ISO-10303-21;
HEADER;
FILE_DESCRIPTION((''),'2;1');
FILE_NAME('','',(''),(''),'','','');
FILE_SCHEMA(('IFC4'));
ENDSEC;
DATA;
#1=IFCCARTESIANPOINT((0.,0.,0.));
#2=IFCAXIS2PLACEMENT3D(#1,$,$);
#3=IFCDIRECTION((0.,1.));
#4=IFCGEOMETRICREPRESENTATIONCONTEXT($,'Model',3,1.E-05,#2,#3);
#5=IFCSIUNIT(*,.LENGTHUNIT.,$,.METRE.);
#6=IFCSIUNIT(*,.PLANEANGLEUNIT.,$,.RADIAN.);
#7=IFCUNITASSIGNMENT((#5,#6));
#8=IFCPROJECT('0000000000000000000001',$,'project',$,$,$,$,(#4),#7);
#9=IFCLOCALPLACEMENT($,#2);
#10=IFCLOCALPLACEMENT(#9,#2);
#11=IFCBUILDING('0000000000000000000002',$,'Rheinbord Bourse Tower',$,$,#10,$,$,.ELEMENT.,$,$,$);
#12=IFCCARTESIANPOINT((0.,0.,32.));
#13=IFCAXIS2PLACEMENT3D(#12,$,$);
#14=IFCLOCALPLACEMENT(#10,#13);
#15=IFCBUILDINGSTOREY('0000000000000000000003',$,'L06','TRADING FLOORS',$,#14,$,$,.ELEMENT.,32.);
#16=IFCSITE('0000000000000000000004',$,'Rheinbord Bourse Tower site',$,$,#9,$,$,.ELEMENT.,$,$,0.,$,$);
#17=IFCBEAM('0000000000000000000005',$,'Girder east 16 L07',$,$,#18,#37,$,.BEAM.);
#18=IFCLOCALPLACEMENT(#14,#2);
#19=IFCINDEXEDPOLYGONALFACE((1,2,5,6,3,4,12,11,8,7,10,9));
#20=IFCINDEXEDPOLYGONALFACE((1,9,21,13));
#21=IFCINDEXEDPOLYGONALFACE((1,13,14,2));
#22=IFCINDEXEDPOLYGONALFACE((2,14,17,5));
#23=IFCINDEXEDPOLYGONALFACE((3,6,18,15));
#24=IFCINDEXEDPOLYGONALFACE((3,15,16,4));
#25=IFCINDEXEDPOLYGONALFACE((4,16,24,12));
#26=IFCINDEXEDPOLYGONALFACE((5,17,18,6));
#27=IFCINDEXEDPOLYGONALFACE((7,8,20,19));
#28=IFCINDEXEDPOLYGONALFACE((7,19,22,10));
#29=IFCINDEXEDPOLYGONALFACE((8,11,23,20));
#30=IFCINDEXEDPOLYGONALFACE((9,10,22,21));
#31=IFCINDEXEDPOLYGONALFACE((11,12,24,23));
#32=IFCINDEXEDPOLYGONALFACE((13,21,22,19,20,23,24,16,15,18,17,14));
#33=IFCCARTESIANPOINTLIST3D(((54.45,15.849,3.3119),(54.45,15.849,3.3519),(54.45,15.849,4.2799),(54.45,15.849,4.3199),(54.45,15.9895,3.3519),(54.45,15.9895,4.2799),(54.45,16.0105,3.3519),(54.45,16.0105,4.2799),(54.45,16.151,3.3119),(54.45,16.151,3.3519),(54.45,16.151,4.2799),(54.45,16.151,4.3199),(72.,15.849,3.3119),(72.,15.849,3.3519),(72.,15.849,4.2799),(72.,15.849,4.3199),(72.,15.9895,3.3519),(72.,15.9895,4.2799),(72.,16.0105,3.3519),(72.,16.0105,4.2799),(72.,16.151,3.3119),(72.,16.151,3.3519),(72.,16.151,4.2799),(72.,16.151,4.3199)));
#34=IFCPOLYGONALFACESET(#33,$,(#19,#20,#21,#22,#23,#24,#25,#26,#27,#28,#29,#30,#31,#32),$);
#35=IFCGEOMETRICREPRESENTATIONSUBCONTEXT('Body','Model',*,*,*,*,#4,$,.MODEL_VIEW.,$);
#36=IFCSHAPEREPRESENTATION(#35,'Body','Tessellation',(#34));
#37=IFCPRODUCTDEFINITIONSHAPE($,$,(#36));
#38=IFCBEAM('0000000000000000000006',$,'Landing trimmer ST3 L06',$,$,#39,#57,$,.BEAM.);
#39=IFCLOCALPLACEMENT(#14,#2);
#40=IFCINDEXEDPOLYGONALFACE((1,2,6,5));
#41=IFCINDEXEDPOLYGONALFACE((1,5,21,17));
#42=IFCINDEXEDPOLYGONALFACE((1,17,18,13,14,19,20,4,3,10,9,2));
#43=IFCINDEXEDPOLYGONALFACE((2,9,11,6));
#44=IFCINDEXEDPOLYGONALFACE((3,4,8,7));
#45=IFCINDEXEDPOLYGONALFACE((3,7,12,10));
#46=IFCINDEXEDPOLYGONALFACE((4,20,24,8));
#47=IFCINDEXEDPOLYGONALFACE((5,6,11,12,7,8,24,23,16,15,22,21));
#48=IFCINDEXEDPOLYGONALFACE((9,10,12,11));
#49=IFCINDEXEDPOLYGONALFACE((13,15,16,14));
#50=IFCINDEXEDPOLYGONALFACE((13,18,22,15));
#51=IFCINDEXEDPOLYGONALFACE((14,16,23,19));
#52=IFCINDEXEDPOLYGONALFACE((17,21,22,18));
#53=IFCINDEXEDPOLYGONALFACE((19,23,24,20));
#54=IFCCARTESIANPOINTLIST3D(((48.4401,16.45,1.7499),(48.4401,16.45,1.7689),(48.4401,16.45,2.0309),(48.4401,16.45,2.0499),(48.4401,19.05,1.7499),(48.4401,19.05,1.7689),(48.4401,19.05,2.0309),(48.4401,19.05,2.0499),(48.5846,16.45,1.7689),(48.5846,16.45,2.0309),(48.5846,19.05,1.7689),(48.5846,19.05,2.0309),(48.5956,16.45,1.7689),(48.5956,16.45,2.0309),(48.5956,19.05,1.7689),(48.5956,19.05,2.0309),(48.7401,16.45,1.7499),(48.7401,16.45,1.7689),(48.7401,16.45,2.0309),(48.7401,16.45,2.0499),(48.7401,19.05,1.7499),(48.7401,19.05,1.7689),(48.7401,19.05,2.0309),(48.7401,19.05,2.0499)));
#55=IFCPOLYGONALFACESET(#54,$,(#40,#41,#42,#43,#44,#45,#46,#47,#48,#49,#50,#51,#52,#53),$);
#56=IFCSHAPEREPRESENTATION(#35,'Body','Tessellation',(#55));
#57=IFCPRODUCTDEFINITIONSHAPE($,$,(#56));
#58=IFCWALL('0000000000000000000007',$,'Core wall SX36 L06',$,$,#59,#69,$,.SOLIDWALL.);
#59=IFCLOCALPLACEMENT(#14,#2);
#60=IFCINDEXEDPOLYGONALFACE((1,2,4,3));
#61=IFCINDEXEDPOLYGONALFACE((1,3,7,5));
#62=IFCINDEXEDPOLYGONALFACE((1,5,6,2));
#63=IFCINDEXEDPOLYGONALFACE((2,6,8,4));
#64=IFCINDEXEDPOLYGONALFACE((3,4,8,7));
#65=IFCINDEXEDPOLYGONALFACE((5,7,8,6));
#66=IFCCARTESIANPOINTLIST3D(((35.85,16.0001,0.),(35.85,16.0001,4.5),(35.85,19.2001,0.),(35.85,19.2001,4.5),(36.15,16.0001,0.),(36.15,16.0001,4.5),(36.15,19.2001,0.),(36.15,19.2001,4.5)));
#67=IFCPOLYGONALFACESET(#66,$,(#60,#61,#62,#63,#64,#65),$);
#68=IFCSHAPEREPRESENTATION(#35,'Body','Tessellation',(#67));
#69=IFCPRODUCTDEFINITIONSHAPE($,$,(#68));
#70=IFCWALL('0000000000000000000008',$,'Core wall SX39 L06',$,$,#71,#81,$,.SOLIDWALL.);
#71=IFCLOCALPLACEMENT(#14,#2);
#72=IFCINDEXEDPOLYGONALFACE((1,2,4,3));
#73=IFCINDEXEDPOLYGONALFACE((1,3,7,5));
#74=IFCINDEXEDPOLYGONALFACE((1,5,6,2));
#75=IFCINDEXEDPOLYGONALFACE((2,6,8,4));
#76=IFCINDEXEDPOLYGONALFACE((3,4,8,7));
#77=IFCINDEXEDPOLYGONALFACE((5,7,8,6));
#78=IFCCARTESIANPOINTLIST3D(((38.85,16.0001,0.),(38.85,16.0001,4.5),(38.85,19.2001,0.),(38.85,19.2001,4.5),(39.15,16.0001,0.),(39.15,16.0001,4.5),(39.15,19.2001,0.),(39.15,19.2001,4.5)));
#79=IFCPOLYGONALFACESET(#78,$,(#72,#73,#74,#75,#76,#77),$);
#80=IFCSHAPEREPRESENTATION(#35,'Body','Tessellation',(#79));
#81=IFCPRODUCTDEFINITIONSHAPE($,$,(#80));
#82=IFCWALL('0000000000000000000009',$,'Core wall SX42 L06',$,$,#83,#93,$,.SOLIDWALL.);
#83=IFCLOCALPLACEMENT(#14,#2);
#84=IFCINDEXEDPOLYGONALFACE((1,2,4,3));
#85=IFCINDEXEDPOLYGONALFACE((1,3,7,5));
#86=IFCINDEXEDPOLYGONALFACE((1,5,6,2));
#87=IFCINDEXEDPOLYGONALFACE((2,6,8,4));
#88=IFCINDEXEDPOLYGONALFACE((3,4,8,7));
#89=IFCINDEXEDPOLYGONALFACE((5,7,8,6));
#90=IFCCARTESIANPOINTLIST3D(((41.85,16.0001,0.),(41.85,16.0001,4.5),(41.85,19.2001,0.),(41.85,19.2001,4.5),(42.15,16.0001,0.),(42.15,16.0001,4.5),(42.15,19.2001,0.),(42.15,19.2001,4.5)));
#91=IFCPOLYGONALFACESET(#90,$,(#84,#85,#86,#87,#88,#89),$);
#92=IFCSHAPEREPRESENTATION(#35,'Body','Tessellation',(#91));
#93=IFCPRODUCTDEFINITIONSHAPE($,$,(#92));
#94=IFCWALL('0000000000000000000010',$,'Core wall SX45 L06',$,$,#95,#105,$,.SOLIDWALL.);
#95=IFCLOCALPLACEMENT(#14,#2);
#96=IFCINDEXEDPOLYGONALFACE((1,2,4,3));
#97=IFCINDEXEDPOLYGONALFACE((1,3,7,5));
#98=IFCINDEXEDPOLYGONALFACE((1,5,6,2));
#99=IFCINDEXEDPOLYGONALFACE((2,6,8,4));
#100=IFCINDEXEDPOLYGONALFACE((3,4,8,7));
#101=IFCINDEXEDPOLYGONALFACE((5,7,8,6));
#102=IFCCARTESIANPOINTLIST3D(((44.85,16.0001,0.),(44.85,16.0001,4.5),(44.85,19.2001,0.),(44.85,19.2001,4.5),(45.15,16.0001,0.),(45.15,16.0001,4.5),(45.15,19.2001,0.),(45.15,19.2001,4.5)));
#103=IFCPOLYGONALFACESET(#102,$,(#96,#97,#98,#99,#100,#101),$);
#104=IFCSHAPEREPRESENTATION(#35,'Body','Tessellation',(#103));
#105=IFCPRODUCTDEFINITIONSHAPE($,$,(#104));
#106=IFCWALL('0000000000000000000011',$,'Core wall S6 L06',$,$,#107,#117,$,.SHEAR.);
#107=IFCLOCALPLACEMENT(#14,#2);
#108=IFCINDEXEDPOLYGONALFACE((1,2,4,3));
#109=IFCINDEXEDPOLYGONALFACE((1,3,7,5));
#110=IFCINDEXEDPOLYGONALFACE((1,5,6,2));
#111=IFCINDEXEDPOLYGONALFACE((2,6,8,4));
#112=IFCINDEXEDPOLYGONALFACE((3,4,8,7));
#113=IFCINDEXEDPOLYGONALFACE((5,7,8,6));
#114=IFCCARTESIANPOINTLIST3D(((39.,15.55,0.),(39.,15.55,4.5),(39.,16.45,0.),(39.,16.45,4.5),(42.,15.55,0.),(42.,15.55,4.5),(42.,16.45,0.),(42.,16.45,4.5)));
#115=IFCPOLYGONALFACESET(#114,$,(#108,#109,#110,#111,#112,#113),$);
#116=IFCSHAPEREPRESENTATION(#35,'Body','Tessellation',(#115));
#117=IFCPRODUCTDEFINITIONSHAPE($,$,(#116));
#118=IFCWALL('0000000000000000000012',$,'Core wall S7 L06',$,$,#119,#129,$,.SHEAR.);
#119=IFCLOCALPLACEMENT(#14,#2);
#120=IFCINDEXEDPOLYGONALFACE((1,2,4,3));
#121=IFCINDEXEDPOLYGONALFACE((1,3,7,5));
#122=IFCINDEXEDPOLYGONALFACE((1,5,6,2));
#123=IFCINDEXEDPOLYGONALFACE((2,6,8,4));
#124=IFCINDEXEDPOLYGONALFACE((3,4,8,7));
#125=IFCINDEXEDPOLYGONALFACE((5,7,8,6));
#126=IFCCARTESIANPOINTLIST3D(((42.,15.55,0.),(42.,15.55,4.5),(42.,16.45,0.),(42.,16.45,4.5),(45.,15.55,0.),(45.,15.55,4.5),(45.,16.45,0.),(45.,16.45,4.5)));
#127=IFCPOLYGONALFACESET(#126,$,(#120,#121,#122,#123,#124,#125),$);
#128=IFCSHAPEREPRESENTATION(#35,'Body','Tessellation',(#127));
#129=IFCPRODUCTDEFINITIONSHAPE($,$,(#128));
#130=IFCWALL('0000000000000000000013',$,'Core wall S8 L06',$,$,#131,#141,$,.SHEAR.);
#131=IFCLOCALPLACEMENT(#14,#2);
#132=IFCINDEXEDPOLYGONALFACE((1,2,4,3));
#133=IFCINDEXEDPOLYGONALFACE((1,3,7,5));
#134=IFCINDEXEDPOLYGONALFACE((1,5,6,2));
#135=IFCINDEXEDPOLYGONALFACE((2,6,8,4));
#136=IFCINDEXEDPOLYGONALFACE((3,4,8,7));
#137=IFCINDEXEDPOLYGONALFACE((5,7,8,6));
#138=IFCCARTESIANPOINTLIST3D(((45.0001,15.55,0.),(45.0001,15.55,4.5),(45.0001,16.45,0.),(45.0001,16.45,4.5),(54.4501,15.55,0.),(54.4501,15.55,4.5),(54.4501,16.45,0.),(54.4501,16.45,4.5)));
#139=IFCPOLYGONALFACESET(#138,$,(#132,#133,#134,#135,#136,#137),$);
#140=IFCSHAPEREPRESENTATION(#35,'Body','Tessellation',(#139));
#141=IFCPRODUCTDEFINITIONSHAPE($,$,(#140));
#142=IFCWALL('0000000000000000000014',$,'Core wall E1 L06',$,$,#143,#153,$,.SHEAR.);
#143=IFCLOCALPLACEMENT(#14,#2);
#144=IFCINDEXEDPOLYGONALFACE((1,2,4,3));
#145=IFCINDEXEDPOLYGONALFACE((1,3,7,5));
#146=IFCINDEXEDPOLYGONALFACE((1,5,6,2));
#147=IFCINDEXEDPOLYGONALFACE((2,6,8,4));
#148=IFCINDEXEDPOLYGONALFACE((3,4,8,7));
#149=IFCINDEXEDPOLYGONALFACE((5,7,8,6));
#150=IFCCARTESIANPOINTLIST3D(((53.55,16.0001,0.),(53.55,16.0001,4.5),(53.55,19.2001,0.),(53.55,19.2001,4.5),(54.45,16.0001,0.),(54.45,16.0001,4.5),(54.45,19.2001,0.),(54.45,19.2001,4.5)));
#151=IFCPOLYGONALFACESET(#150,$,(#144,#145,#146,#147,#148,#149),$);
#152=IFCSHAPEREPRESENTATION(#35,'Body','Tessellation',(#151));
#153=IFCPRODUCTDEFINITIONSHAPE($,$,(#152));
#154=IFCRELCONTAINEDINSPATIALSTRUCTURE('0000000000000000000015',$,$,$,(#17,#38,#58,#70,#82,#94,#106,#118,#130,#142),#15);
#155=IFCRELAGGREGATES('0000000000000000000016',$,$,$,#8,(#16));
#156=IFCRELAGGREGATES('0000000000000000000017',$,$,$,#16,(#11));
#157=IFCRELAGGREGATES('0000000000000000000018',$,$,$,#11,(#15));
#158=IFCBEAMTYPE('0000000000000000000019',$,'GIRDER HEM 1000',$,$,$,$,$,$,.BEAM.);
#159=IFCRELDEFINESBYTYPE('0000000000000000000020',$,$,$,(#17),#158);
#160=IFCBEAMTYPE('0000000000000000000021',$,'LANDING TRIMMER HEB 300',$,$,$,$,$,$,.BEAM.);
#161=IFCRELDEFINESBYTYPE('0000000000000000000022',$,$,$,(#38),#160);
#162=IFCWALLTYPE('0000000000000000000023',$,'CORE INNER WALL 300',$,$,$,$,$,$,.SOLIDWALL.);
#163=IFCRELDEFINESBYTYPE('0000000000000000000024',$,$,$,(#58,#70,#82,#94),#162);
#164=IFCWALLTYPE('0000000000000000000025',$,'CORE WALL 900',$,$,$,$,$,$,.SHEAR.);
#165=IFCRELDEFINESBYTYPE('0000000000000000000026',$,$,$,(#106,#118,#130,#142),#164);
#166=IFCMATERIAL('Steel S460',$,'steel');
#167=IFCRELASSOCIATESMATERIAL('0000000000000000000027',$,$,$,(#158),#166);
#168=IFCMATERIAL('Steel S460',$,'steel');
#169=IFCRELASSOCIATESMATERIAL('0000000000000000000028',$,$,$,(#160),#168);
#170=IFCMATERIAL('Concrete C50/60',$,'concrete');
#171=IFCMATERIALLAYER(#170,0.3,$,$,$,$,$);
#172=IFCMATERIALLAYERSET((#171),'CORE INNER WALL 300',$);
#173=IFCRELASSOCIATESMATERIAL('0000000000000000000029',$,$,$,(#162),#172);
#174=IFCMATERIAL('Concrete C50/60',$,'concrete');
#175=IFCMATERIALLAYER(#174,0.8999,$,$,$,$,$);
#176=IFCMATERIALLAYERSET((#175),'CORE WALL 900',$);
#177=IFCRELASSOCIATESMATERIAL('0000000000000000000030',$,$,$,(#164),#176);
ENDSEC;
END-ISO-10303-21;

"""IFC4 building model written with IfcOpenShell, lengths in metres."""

from ifc_helpers import new_model, si_unit, direction, frame, frame_2d, origin, origin_2d, place, context, subcontext, project, spatial, rectangle, i_section, extrude, material, layer, layer_set, material_profile, profile_set, type_object, element, save


model = new_model("IFC4")

# Units and contexts
model_context = context("Model", 3, precision=1e-05, world=origin(), true_north=direction((0.0, 1.0)))
body_context = subcontext(model_context, "Body", "Model", "MODEL_VIEW")
ifc_project = project(units=[si_unit("LENGTHUNIT", "METRE"), si_unit("PLANEANGLEUNIT", "RADIAN")], contexts=[model_context])

# Site, building, storey
site_placement = place(None, origin())
site = spatial("IfcSite", under=ifc_project, at=site_placement, Name="Rheinbord Bourse Tower site", CompositionType="ELEMENT", RefElevation=0.0)
building_placement = place(site_placement, origin())
building = spatial("IfcBuilding", under=site, at=building_placement, Name="Rheinbord Bourse Tower", CompositionType="ELEMENT")
storey_placement = place(building_placement, frame((0.0, 0.0, 32.0)))
storey = spatial("IfcBuildingStorey", under=building, at=storey_placement, Name="L06", Description="TRADING FLOORS", CompositionType="ELEMENT", Elevation=32.0)

# Beams
ifc_material_1 = material(Name="Steel S460", Category="steel")
ifc_material_profile_1 = material_profile(ifc_material_1, i_section(OverallWidth=0.302, OverallDepth=1.0081, WebThickness=0.021, FlangeThickness=0.04, at=origin_2d()), Name="HEM 1000")
ifc_profile_set_1 = profile_set([ifc_material_profile_1], Name="Steel S460")
beam_type_1 = type_object("IfcBeamType", Name="GIRDER HEM 1000", PredefinedType="BEAM", material=ifc_profile_set_1)
beam_1_placement = place(storey_placement, frame((54.45, 16.0, 3.8159), z_axis=(1.0, 0.0, 0.0), x_axis=(0.0, 1.0, 0.0)))
element("IfcBeam", 1, at=beam_1_placement, inside=storey, type_object=beam_type_1, Name="Girder east 16 L07", PredefinedType="BEAM", context=body_context, shape_type="SweptSolid", body=[
    extrude(i_section(OverallWidth=0.302, OverallDepth=1.0081, WebThickness=0.021, FlangeThickness=0.04, at=origin_2d()), origin(), (0.0, 0.0, 1.0), 17.55),
])
ifc_material_2 = material(Name="Steel S460", Category="steel")
ifc_material_profile_2 = material_profile(ifc_material_2, i_section(OverallWidth=0.3, OverallDepth=0.3, WebThickness=0.011, FlangeThickness=0.019, at=origin_2d()), Name="HEB 300")
ifc_profile_set_2 = profile_set([ifc_material_profile_2], Name="Steel S460")
beam_type_2 = type_object("IfcBeamType", Name="LANDING TRIMMER HEB 300", PredefinedType="BEAM", material=ifc_profile_set_2)
beam_2_placement = place(storey_placement, frame((48.5901, 16.45, 1.8999), z_axis=(0.0, 1.0, 0.0), x_axis=(-1.0, 0.0, 0.0)))
element("IfcBeam", 2, at=beam_2_placement, inside=storey, type_object=beam_type_2, Name="Landing trimmer ST3 L06", PredefinedType="BEAM", context=body_context, shape_type="SweptSolid", body=[
    extrude(i_section(OverallWidth=0.3, OverallDepth=0.3, WebThickness=0.011, FlangeThickness=0.019, at=origin_2d()), origin(), (0.0, 0.0, 1.0), 2.6001),
])

# Walls
ifc_material_3 = material(Name="Concrete C50/60", Category="concrete")
ifc_layer_1 = layer(ifc_material_3, 0.3)
ifc_layer_set_1 = layer_set([ifc_layer_1], Name="CORE INNER WALL 300")
wall_type_1 = type_object("IfcWallType", Name="CORE INNER WALL 300", PredefinedType="SOLIDWALL", material=ifc_layer_set_1)
for number, where, z_axis, x_axis, name in (
    (3, (36.0, 16.0, 0.0), (0.0, 0.0, 1.0), (0.0, 1.0, 0.0), "Core wall SX36 L06"),
    (4, (39.0, 16.0, 0.0), (0.0, 0.0, 1.0), (0.0, 1.0, 0.0), "Core wall SX39 L06"),
    (5, (42.0, 16.0, 0.0), (0.0, 0.0, 1.0), (0.0, 1.0, 0.0), "Core wall SX42 L06"),
    (6, (45.0, 16.0, 0.0), (0.0, 0.0, 1.0), (0.0, 1.0, 0.0), "Core wall SX45 L06"),
):
    element("IfcWall", number, at=place(storey_placement, frame(where, z_axis=z_axis, x_axis=x_axis)), inside=storey, type_object=wall_type_1, Name=name, PredefinedType="SOLIDWALL", context=body_context, shape_type="SweptSolid", body=[
        extrude(rectangle(XDim=3.2, YDim=0.3, at=frame_2d((1.6001, 0.0))), origin(), (0.0, 0.0, 1.0), 4.5),
    ])
ifc_material_4 = material(Name="Concrete C50/60", Category="concrete")
ifc_layer_2 = layer(ifc_material_4, 0.8999)
ifc_layer_set_2 = layer_set([ifc_layer_2], Name="CORE WALL 900")
wall_type_2 = type_object("IfcWallType", Name="CORE WALL 900", PredefinedType="SHEAR", material=ifc_layer_set_2)
for number, where, z_axis, x_axis, name in (
    (7, (39.0, 16.0, 0.0), (0.0, 0.0, 1.0), (1.0, 0.0, 0.0), "Core wall S6 L06"),
    (8, (42.0, 16.0, 0.0), (0.0, 0.0, 1.0), (1.0, 0.0, 0.0), "Core wall S7 L06"),
):
    element("IfcWall", number, at=place(storey_placement, frame(where, z_axis=z_axis, x_axis=x_axis)), inside=storey, type_object=wall_type_2, Name=name, PredefinedType="SHEAR", context=body_context, shape_type="SweptSolid", body=[
        extrude(rectangle(XDim=3.0, YDim=0.8999, at=frame_2d((1.5, 0.0))), origin(), (0.0, 0.0, 1.0), 4.5),
    ])
wall_1_placement = place(storey_placement, frame((45.0, 16.0, 0.0), z_axis=(0.0, 0.0, 1.0), x_axis=(1.0, 0.0, 0.0)))
element("IfcWall", 9, at=wall_1_placement, inside=storey, type_object=wall_type_2, Name="Core wall S8 L06", PredefinedType="SHEAR", context=body_context, shape_type="SweptSolid", body=[
    extrude(rectangle(XDim=9.45, YDim=0.8999, at=frame_2d((4.7251, 0.0))), origin(), (0.0, 0.0, 1.0), 4.5),
])
wall_2_placement = place(storey_placement, frame((54.0, 16.0, 0.0), z_axis=(0.0, 0.0, 1.0), x_axis=(0.0, 1.0, 0.0)))
element("IfcWall", 10, at=wall_2_placement, inside=storey, type_object=wall_type_2, Name="Core wall E1 L06", PredefinedType="SHEAR", context=body_context, shape_type="SweptSolid", body=[
    extrude(rectangle(XDim=3.2, YDim=0.8999, at=frame_2d((1.6001, 0.0))), origin(), (0.0, 0.0, 1.0), 4.5),
])

save(model, "model.ifc")
